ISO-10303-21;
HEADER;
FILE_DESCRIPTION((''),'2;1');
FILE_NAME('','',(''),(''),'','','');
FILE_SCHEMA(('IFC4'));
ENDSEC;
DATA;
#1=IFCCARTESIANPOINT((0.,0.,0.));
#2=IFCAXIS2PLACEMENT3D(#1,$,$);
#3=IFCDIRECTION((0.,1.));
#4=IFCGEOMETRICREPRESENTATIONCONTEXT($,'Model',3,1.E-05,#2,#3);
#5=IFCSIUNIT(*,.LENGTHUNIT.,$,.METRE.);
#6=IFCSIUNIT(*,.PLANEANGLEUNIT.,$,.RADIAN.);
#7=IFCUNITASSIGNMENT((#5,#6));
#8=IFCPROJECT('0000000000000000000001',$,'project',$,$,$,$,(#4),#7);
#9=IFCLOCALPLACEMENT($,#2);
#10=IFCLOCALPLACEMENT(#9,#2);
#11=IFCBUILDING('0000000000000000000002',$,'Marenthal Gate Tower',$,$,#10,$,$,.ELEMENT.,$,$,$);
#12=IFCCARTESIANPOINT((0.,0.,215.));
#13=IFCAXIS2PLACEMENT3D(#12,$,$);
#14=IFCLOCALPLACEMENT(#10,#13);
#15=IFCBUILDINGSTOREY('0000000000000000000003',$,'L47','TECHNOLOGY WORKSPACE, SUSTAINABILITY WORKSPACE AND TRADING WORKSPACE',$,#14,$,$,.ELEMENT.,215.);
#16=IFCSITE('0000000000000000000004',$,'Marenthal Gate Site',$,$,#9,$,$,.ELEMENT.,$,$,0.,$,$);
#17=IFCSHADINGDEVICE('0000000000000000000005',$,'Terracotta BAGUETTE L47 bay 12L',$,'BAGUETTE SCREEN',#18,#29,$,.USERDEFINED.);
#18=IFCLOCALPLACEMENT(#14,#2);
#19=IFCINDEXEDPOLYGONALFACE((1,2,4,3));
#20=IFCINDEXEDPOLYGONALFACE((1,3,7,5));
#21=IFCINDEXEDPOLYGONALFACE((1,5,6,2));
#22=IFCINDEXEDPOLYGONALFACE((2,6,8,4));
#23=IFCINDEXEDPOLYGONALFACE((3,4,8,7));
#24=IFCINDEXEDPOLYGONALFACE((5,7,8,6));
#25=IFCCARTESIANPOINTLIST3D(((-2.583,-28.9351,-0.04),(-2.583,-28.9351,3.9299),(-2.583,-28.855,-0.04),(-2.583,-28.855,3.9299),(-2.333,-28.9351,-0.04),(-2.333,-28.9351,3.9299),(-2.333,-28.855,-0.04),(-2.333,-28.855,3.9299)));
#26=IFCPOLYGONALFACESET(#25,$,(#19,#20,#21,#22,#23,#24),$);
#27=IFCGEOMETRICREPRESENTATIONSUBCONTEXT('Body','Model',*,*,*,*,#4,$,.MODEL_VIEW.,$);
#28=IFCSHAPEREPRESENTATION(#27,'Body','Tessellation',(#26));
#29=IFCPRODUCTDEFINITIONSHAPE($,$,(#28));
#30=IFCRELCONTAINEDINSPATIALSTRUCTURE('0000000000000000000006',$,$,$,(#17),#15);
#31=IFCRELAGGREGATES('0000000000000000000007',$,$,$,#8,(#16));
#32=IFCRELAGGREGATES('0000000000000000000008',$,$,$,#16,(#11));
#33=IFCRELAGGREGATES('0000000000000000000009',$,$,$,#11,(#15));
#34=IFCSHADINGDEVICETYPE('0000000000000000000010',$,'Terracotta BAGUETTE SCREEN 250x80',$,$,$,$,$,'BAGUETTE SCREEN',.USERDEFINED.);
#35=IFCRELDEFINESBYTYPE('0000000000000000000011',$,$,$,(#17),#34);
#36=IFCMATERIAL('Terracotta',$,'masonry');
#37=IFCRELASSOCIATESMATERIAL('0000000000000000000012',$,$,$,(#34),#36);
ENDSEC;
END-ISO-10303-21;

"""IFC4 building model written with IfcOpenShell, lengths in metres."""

from ifc_helpers import new_model, si_unit, direction, frame, origin, origin_2d, place, context, subcontext, project, spatial, rectangle, extrude, material, material_profile, profile_set, type_object, element, save


model = new_model("IFC4")

# Units and contexts
model_context = context("Model", 3, precision=1e-05, world=origin(), true_north=direction((0.0, 1.0)))
body_context = subcontext(model_context, "Body", "Model", "MODEL_VIEW")
ifc_project = project(units=[si_unit("LENGTHUNIT", "METRE"), si_unit("PLANEANGLEUNIT", "RADIAN")], contexts=[model_context])

# Site, building, storey
site_placement = place(None, origin())
site = spatial("IfcSite", under=ifc_project, at=site_placement, Name="Marenthal Gate Site", CompositionType="ELEMENT", RefElevation=0.0)
building_placement = place(site_placement, origin())
building = spatial("IfcBuilding", under=site, at=building_placement, Name="Marenthal Gate Tower", CompositionType="ELEMENT")
storey_placement = place(building_placement, frame((0.0, 0.0, 215.0)))
storey = spatial("IfcBuildingStorey", under=building, at=storey_placement, Name="L47", Description="TECHNOLOGY WORKSPACE, SUSTAINABILITY WORKSPACE AND TRADING WORKSPACE", CompositionType="ELEMENT", Elevation=215.0)

# Shading device
ifc_material_1 = material(Name="Terracotta", Category="masonry")
ifc_material_profile_1 = material_profile(ifc_material_1, rectangle(XDim=0.25, YDim=0.0801, at=origin_2d()), Name="Terracotta baguette 250x80")
ifc_profile_set_1 = profile_set([ifc_material_profile_1], Name="Terracotta")
shading_device_type = type_object("IfcShadingDeviceType", Name="Terracotta BAGUETTE SCREEN 250x80", ElementType="BAGUETTE SCREEN", PredefinedType="USERDEFINED", material=ifc_profile_set_1)
shading_device_placement = place(storey_placement, frame((-2.458, -28.895, -0.04), z_axis=(0.0, 0.0, 1.0), x_axis=(1.0, 0.0, 0.0)))
element("IfcShadingDevice", 1, at=shading_device_placement, inside=storey, type_object=shading_device_type, Name="Terracotta BAGUETTE L47 bay 12L", ObjectType="BAGUETTE SCREEN", PredefinedType="USERDEFINED", context=body_context, shape_type="SweptSolid", body=[
    extrude(rectangle(XDim=0.25, YDim=0.0801, at=origin_2d()), origin(), (0.0, 0.0, 1.0), 3.97),
])

save(model, "model.ifc")
